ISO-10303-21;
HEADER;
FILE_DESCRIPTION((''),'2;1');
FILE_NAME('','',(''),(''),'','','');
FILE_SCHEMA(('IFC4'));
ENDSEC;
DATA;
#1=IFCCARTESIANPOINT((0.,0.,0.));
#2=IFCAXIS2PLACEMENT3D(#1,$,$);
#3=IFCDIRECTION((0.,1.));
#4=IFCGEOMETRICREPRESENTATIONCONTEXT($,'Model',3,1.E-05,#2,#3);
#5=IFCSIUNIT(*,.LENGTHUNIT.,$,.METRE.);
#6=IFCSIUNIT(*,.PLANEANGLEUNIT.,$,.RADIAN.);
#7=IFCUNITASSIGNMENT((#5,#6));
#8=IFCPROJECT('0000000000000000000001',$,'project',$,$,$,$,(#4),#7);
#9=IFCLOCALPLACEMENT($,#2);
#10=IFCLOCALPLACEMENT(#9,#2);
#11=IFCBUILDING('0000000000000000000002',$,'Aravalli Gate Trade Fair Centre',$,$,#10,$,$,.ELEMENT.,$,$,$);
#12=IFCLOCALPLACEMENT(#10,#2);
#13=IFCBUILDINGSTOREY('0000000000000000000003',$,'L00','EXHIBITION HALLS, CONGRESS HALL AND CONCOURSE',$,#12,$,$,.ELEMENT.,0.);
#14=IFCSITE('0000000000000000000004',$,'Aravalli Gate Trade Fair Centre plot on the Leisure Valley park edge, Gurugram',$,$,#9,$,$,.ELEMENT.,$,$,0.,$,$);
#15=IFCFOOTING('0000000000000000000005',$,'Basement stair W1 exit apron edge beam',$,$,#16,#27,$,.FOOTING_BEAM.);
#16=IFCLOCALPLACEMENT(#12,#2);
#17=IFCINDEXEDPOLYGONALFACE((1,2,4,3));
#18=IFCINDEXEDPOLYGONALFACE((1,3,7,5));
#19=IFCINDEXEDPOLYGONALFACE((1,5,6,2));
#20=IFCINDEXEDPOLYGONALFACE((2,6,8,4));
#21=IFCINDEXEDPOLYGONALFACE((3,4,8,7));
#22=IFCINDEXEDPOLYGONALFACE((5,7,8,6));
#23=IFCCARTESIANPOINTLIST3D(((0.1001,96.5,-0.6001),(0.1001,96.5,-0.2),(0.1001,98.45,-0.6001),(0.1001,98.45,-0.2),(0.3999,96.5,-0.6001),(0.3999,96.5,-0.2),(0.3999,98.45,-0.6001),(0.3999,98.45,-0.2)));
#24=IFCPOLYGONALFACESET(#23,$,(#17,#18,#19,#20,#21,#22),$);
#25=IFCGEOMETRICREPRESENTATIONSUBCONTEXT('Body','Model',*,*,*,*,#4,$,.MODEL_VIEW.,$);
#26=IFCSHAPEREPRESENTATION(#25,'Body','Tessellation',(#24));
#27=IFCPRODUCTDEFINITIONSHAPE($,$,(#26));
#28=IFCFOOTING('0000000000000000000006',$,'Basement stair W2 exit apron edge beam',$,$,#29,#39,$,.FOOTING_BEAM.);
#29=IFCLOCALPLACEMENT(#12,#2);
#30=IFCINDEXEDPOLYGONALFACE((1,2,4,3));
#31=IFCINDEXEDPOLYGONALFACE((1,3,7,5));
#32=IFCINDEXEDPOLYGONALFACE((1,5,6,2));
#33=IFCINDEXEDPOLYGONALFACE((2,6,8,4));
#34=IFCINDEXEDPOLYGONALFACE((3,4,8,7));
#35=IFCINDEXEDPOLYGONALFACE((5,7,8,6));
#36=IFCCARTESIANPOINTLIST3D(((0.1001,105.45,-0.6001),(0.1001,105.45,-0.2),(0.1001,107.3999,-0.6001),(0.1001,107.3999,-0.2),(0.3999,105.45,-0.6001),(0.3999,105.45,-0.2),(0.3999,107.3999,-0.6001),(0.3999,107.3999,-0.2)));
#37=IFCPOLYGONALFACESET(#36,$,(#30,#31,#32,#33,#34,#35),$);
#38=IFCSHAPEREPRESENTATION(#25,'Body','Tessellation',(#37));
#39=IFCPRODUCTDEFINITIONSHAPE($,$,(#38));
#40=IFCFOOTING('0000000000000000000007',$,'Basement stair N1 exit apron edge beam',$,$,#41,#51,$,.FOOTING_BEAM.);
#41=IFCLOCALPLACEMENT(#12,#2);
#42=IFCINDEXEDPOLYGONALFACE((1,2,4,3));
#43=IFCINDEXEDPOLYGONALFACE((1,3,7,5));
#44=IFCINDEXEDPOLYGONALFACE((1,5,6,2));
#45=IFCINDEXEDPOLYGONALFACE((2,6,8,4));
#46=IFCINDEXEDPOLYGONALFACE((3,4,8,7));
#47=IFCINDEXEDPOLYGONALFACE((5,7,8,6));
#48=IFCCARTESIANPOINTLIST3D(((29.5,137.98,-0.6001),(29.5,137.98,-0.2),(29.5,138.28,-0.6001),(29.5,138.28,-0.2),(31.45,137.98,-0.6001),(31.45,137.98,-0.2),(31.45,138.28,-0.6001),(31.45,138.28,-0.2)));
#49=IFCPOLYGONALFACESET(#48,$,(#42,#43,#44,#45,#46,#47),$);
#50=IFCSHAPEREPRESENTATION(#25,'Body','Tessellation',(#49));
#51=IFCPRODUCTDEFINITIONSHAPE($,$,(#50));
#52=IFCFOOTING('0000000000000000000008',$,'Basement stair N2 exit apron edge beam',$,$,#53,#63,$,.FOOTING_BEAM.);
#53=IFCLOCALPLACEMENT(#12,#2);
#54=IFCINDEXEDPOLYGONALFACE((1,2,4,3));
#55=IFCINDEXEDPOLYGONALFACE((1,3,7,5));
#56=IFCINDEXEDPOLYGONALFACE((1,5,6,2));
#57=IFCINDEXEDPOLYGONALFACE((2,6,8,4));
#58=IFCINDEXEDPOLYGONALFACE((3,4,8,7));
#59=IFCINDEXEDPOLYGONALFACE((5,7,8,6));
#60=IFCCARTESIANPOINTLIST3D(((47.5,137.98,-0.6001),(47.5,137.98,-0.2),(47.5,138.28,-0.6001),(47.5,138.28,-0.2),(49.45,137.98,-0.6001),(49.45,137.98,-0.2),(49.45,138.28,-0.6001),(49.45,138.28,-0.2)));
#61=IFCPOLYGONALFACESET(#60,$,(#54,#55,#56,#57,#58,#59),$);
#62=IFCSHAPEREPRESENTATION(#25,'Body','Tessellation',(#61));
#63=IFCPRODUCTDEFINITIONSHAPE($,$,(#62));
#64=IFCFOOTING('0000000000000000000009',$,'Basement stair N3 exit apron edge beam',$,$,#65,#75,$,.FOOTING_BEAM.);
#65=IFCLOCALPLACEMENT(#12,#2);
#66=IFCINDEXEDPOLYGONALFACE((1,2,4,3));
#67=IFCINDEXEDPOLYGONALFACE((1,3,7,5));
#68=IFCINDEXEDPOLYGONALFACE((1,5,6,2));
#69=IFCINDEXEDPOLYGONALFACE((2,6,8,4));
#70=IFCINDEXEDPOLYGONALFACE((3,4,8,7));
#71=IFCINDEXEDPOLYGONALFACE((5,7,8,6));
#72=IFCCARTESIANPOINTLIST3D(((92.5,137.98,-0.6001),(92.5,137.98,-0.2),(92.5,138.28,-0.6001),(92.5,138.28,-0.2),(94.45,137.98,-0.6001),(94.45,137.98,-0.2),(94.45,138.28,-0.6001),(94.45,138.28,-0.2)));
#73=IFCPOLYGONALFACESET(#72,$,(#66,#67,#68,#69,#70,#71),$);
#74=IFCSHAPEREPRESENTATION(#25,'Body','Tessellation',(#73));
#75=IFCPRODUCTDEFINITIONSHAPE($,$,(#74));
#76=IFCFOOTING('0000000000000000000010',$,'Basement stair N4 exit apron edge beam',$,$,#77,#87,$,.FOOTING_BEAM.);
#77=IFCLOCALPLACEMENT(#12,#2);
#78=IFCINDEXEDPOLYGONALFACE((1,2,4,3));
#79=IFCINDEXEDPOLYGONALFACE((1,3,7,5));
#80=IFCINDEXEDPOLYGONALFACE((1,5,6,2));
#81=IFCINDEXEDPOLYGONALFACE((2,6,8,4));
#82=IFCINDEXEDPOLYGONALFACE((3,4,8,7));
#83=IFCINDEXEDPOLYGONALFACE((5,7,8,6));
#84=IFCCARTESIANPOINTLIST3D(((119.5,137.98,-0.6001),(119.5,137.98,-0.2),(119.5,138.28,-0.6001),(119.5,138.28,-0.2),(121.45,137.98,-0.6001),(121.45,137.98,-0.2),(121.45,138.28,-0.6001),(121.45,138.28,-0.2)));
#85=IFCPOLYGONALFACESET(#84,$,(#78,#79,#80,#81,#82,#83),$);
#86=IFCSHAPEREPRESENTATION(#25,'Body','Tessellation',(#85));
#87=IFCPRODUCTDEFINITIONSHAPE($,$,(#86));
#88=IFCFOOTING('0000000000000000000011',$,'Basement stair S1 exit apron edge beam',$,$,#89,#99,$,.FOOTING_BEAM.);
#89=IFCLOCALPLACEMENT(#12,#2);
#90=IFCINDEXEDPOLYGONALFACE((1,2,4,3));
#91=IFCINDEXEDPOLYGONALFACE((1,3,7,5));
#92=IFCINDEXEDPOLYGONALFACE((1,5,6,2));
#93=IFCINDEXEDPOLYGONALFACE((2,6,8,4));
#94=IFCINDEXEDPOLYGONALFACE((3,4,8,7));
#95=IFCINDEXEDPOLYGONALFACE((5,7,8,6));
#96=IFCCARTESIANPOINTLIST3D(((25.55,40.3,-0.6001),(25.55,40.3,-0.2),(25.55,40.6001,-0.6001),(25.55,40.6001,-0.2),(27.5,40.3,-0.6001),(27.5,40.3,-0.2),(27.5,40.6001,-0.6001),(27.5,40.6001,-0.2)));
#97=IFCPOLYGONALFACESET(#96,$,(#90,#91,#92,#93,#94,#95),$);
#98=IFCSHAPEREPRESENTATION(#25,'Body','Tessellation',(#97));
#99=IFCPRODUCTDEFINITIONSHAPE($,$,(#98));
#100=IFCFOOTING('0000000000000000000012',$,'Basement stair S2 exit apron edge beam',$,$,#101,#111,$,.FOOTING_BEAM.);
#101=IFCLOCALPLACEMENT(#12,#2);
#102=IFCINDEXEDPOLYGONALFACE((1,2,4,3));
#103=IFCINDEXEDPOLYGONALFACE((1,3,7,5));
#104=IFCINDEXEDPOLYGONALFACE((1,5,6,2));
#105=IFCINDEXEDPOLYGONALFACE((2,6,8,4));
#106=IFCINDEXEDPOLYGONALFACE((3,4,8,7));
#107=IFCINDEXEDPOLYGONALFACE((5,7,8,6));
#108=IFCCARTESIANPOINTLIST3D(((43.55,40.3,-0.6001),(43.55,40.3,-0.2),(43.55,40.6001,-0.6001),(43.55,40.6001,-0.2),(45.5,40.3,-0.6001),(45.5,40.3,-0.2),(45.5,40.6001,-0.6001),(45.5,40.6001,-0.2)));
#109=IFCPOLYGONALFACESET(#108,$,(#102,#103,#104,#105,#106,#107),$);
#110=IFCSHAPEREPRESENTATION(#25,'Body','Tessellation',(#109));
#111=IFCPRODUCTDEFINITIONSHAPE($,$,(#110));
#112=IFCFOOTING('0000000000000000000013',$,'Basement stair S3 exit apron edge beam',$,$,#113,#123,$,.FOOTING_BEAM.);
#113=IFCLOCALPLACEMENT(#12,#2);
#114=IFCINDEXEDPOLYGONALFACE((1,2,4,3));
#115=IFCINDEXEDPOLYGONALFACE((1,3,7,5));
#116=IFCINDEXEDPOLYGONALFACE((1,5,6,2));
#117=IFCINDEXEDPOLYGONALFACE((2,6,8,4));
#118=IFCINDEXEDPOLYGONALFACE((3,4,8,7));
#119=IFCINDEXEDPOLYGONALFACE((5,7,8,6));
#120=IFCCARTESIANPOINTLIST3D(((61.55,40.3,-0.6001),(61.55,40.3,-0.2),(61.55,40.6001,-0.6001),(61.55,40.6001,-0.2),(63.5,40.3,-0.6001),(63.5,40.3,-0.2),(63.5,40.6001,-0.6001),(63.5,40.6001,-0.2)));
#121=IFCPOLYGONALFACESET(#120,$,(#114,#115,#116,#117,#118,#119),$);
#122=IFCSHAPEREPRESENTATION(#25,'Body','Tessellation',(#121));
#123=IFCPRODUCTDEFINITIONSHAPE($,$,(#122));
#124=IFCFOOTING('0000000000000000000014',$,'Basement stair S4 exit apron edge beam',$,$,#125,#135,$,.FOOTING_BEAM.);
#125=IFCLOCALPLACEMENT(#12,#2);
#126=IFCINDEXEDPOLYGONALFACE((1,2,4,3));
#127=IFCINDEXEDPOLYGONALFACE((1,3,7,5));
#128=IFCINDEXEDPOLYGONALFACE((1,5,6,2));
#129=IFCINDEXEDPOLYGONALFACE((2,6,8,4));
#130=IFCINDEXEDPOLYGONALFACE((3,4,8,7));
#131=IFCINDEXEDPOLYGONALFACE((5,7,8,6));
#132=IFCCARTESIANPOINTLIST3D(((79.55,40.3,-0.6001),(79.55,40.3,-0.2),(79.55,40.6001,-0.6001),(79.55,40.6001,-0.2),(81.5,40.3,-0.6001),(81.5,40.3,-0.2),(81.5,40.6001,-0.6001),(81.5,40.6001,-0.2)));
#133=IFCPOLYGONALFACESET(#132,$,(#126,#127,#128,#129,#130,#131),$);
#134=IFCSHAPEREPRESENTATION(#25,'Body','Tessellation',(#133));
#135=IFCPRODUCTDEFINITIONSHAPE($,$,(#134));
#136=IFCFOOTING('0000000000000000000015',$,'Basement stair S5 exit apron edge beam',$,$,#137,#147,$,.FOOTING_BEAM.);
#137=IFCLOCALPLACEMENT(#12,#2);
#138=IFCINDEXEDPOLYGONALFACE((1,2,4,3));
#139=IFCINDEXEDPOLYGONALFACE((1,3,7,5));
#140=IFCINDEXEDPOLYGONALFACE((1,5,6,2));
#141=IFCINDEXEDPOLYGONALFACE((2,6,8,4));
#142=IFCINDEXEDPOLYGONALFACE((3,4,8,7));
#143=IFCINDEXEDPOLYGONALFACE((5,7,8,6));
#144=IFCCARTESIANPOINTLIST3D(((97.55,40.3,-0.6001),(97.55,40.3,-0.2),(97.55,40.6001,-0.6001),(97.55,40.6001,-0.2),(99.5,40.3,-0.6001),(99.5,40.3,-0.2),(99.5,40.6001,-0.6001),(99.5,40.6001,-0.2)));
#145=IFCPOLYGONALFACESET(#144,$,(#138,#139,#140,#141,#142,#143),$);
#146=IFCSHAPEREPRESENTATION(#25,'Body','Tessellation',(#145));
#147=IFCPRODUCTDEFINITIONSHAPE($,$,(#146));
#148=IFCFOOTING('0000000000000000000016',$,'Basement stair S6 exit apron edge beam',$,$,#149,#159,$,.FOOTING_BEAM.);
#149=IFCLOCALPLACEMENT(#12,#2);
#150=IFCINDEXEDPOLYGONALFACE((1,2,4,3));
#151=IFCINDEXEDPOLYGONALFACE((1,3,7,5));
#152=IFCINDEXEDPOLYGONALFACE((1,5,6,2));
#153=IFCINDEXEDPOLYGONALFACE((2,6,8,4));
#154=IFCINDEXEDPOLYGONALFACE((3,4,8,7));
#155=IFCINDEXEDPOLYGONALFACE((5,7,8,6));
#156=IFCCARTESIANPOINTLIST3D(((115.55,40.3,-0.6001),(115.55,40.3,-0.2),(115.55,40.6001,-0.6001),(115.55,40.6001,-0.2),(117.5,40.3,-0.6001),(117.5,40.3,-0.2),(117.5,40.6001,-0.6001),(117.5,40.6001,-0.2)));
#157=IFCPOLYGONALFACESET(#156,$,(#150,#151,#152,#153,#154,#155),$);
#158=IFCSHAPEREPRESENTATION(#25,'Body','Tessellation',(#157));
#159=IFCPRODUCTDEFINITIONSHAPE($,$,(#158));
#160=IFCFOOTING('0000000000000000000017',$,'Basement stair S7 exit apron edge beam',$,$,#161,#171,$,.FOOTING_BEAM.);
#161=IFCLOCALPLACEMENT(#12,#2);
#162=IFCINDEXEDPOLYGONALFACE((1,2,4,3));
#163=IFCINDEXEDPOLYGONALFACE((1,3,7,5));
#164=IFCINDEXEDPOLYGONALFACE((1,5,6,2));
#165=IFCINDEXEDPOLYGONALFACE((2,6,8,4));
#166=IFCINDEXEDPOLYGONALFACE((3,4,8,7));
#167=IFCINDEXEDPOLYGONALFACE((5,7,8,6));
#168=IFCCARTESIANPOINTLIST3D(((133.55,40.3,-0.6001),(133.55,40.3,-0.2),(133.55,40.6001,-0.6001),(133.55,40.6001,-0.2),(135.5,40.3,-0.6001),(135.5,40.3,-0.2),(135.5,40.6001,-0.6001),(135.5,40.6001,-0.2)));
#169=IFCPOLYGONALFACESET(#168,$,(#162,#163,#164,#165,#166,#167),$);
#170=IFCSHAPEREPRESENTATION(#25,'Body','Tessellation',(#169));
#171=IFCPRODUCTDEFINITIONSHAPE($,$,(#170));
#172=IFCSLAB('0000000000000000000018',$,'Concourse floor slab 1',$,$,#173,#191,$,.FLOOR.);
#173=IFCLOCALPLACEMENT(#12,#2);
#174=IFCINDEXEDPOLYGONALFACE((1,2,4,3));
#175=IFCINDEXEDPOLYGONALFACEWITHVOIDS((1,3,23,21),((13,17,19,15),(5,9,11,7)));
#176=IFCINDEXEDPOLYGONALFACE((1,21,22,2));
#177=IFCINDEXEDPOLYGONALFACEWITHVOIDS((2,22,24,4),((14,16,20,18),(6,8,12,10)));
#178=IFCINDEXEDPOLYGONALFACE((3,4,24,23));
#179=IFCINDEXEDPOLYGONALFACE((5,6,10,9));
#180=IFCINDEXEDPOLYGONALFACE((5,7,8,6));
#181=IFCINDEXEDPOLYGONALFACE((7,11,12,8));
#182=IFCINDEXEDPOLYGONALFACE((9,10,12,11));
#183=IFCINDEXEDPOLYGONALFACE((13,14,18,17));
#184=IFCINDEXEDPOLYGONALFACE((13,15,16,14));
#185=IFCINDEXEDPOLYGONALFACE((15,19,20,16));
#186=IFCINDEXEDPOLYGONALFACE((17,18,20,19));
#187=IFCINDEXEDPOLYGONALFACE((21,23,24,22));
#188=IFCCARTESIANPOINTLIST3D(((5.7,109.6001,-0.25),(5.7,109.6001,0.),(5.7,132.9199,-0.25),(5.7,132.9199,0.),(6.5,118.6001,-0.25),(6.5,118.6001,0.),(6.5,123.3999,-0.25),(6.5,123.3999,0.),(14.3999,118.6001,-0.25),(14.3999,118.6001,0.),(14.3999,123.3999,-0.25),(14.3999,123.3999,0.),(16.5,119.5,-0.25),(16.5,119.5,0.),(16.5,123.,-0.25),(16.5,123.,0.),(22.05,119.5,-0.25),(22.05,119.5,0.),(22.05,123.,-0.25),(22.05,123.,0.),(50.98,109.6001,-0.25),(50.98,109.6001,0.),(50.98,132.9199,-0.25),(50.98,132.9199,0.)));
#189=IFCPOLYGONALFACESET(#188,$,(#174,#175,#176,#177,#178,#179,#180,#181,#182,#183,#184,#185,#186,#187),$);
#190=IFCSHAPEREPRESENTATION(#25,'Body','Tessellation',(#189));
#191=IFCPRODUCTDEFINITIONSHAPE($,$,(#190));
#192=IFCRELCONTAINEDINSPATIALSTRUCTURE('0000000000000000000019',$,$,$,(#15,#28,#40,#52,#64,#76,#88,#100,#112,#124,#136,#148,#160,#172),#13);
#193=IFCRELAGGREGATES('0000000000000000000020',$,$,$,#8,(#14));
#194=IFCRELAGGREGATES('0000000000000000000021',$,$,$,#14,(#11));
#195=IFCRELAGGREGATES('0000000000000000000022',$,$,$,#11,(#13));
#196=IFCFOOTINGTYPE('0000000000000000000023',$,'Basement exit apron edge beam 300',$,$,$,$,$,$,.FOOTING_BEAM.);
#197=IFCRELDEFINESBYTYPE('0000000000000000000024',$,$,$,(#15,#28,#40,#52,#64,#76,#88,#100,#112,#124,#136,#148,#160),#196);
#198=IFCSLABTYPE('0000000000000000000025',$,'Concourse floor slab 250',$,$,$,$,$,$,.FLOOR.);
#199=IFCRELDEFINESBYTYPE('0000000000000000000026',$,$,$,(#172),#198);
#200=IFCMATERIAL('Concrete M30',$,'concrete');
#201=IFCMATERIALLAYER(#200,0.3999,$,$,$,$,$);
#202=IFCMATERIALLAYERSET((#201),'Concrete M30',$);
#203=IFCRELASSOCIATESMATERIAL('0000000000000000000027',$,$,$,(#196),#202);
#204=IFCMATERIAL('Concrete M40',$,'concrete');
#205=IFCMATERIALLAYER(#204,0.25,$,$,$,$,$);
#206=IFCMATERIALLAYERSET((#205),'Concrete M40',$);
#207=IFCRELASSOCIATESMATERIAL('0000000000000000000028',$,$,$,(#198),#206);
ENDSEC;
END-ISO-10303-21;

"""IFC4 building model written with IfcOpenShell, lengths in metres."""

from ifc_helpers import new_model, si_unit, direction, frame, origin, place, context, subcontext, project, spatial, polyline, outline, extrude, material, layer, layer_set, type_object, element, save


model = new_model("IFC4")

# Units and contexts
model_context = context("Model", 3, precision=1e-05, world=origin(), true_north=direction((0.0, 1.0)))
body_context = subcontext(model_context, "Body", "Model", "MODEL_VIEW")
ifc_project = project(units=[si_unit("LENGTHUNIT", "METRE"), si_unit("PLANEANGLEUNIT", "RADIAN")], contexts=[model_context])

# Site, building, storey
site_placement = place(None, origin())
site = spatial("IfcSite", under=ifc_project, at=site_placement, Name="Aravalli Gate Trade Fair Centre plot on the Leisure Valley park edge, Gurugram", CompositionType="ELEMENT", RefElevation=0.0)
building_placement = place(site_placement, origin())
building = spatial("IfcBuilding", under=site, at=building_placement, Name="Aravalli Gate Trade Fair Centre", CompositionType="ELEMENT")
storey_placement = place(building_placement, origin())
storey = spatial("IfcBuildingStorey", under=building, at=storey_placement, Name="L00", Description="EXHIBITION HALLS, CONGRESS HALL AND CONCOURSE", CompositionType="ELEMENT", Elevation=0.0)

# Footings
ifc_material_1 = material(Name="Concrete M30", Category="concrete")
ifc_layer_1 = layer(ifc_material_1, 0.3999)
ifc_layer_set_1 = layer_set([ifc_layer_1], Name="Concrete M30")
footing_type = type_object("IfcFootingType", Name="Basement exit apron edge beam 300", PredefinedType="FOOTING_BEAM", material=ifc_layer_set_1)
footing_1_placement = place(storey_placement, frame((0.0, 0.0, -0.6001)))
element("IfcFooting", 1, at=footing_1_placement, inside=storey, type_object=footing_type, Name="Basement stair W1 exit apron edge beam", PredefinedType="FOOTING_BEAM", context=body_context, shape_type="SweptSolid", body=[
    extrude(outline(polyline([(0.3999, 98.45), (0.3999, 96.5), (0.1001, 96.5), (0.1001, 98.45), (0.3999, 98.45)])), origin(), (0.0, 0.0, 1.0), 0.4001),
])
footing_2_placement = place(storey_placement, frame((0.0, 0.0, -0.6001)))
element("IfcFooting", 2, at=footing_2_placement, inside=storey, type_object=footing_type, Name="Basement stair W2 exit apron edge beam", PredefinedType="FOOTING_BEAM", context=body_context, shape_type="SweptSolid", body=[
    extrude(outline(polyline([(0.3999, 107.3999), (0.3999, 105.45), (0.1001, 105.45), (0.1001, 107.3999), (0.3999, 107.3999)])), origin(), (0.0, 0.0, 1.0), 0.4001),
])
footing_3_placement = place(storey_placement, frame((0.0, 0.0, -0.6001)))
element("IfcFooting", 3, at=footing_3_placement, inside=storey, type_object=footing_type, Name="Basement stair N1 exit apron edge beam", PredefinedType="FOOTING_BEAM", context=body_context, shape_type="SweptSolid", body=[
    extrude(outline(polyline([(31.45, 137.98), (29.5, 137.98), (29.5, 138.28), (31.45, 138.28), (31.45, 137.98)])), origin(), (0.0, 0.0, 1.0), 0.4001),
])
footing_4_placement = place(storey_placement, frame((0.0, 0.0, -0.6001)))
element("IfcFooting", 4, at=footing_4_placement, inside=storey, type_object=footing_type, Name="Basement stair N2 exit apron edge beam", PredefinedType="FOOTING_BEAM", context=body_context, shape_type="SweptSolid", body=[
    extrude(outline(polyline([(49.45, 137.98), (47.5, 137.98), (47.5, 138.28), (49.45, 138.28), (49.45, 137.98)])), origin(), (0.0, 0.0, 1.0), 0.4001),
])
footing_5_placement = place(storey_placement, frame((0.0, 0.0, -0.6001)))
element("IfcFooting", 5, at=footing_5_placement, inside=storey, type_object=footing_type, Name="Basement stair N3 exit apron edge beam", PredefinedType="FOOTING_BEAM", context=body_context, shape_type="SweptSolid", body=[
    extrude(outline(polyline([(94.45, 137.98), (92.5, 137.98), (92.5, 138.28), (94.45, 138.28), (94.45, 137.98)])), origin(), (0.0, 0.0, 1.0), 0.4001),
])
footing_6_placement = place(storey_placement, frame((0.0, 0.0, -0.6001)))
element("IfcFooting", 6, at=footing_6_placement, inside=storey, type_object=footing_type, Name="Basement stair N4 exit apron edge beam", PredefinedType="FOOTING_BEAM", context=body_context, shape_type="SweptSolid", body=[
    extrude(outline(polyline([(121.45, 137.98), (119.5, 137.98), (119.5, 138.28), (121.45, 138.28), (121.45, 137.98)])), origin(), (0.0, 0.0, 1.0), 0.4001),
])
footing_7_placement = place(storey_placement, frame((0.0, 0.0, -0.6001)))
element("IfcFooting", 7, at=footing_7_placement, inside=storey, type_object=footing_type, Name="Basement stair S1 exit apron edge beam", PredefinedType="FOOTING_BEAM", context=body_context, shape_type="SweptSolid", body=[
    extrude(outline(polyline([(25.55, 40.6001), (27.5, 40.6001), (27.5, 40.3), (25.55, 40.3), (25.55, 40.6001)])), origin(), (0.0, 0.0, 1.0), 0.4001),
])
footing_8_placement = place(storey_placement, frame((0.0, 0.0, -0.6001)))
element("IfcFooting", 8, at=footing_8_placement, inside=storey, type_object=footing_type, Name="Basement stair S2 exit apron edge beam", PredefinedType="FOOTING_BEAM", context=body_context, shape_type="SweptSolid", body=[
    extrude(outline(polyline([(43.55, 40.6001), (45.5, 40.6001), (45.5, 40.3), (43.55, 40.3), (43.55, 40.6001)])), origin(), (0.0, 0.0, 1.0), 0.4001),
])
footing_9_placement = place(storey_placement, frame((0.0, 0.0, -0.6001)))
element("IfcFooting", 9, at=footing_9_placement, inside=storey, type_object=footing_type, Name="Basement stair S3 exit apron edge beam", PredefinedType="FOOTING_BEAM", context=body_context, shape_type="SweptSolid", body=[
    extrude(outline(polyline([(61.55, 40.6001), (63.5, 40.6001), (63.5, 40.3), (61.55, 40.3), (61.55, 40.6001)])), origin(), (0.0, 0.0, 1.0), 0.4001),
])
footing_10_placement = place(storey_placement, frame((0.0, 0.0, -0.6001)))
element("IfcFooting", 10, at=footing_10_placement, inside=storey, type_object=footing_type, Name="Basement stair S4 exit apron edge beam", PredefinedType="FOOTING_BEAM", context=body_context, shape_type="SweptSolid", body=[
    extrude(outline(polyline([(79.55, 40.6001), (81.5, 40.6001), (81.5, 40.3), (79.55, 40.3), (79.55, 40.6001)])), origin(), (0.0, 0.0, 1.0), 0.4001),
])
footing_11_placement = place(storey_placement, frame((0.0, 0.0, -0.6001)))
element("IfcFooting", 11, at=footing_11_placement, inside=storey, type_object=footing_type, Name="Basement stair S5 exit apron edge beam", PredefinedType="FOOTING_BEAM", context=body_context, shape_type="SweptSolid", body=[
    extrude(outline(polyline([(97.55, 40.6001), (99.5, 40.6001), (99.5, 40.3), (97.55, 40.3), (97.55, 40.6001)])), origin(), (0.0, 0.0, 1.0), 0.4001),
])
footing_12_placement = place(storey_placement, frame((0.0, 0.0, -0.6001)))
element("IfcFooting", 12, at=footing_12_placement, inside=storey, type_object=footing_type, Name="Basement stair S6 exit apron edge beam", PredefinedType="FOOTING_BEAM", context=body_context, shape_type="SweptSolid", body=[
    extrude(outline(polyline([(115.55, 40.6001), (117.5, 40.6001), (117.5, 40.3), (115.55, 40.3), (115.55, 40.6001)])), origin(), (0.0, 0.0, 1.0), 0.4001),
])
footing_13_placement = place(storey_placement, frame((0.0, 0.0, -0.6001)))
element("IfcFooting", 13, at=footing_13_placement, inside=storey, type_object=footing_type, Name="Basement stair S7 exit apron edge beam", PredefinedType="FOOTING_BEAM", context=body_context, shape_type="SweptSolid", body=[
    extrude(outline(polyline([(133.55, 40.6001), (135.5, 40.6001), (135.5, 40.3), (133.55, 40.3), (133.55, 40.6001)])), origin(), (0.0, 0.0, 1.0), 0.4001),
])

# Slab
ifc_material_2 = material(Name="Concrete M40", Category="concrete")
ifc_layer_2 = layer(ifc_material_2, 0.25)
ifc_layer_set_2 = layer_set([ifc_layer_2], Name="Concrete M40")
slab_type_1 = type_object("IfcSlabType", Name="Concourse floor slab 250", PredefinedType="FLOOR", material=ifc_layer_set_2)
slab_1_placement = place(storey_placement, frame((0.0, 0.0, -0.25)))
element("IfcSlab", 14, at=slab_1_placement, inside=storey, type_object=slab_type_1, Name="Concourse floor slab 1", PredefinedType="FLOOR", context=body_context, shape_type="SweptSolid", body=[
    extrude(outline(polyline([(5.7, 132.9199), (5.7, 109.6001), (50.98, 109.6001), (50.98, 132.9199), (5.7, 132.9199)]), holes=[polyline([(14.3999, 118.6001), (6.5, 118.6001), (6.5, 123.3999), (14.3999, 123.3999), (14.3999, 118.6001)]), polyline([(22.05, 119.5), (16.5, 119.5), (16.5, 123.0), (22.05, 123.0), (22.05, 119.5)])]), origin(), (0.0, 0.0, 1.0), 0.25),
])

save(model, "model.ifc")
